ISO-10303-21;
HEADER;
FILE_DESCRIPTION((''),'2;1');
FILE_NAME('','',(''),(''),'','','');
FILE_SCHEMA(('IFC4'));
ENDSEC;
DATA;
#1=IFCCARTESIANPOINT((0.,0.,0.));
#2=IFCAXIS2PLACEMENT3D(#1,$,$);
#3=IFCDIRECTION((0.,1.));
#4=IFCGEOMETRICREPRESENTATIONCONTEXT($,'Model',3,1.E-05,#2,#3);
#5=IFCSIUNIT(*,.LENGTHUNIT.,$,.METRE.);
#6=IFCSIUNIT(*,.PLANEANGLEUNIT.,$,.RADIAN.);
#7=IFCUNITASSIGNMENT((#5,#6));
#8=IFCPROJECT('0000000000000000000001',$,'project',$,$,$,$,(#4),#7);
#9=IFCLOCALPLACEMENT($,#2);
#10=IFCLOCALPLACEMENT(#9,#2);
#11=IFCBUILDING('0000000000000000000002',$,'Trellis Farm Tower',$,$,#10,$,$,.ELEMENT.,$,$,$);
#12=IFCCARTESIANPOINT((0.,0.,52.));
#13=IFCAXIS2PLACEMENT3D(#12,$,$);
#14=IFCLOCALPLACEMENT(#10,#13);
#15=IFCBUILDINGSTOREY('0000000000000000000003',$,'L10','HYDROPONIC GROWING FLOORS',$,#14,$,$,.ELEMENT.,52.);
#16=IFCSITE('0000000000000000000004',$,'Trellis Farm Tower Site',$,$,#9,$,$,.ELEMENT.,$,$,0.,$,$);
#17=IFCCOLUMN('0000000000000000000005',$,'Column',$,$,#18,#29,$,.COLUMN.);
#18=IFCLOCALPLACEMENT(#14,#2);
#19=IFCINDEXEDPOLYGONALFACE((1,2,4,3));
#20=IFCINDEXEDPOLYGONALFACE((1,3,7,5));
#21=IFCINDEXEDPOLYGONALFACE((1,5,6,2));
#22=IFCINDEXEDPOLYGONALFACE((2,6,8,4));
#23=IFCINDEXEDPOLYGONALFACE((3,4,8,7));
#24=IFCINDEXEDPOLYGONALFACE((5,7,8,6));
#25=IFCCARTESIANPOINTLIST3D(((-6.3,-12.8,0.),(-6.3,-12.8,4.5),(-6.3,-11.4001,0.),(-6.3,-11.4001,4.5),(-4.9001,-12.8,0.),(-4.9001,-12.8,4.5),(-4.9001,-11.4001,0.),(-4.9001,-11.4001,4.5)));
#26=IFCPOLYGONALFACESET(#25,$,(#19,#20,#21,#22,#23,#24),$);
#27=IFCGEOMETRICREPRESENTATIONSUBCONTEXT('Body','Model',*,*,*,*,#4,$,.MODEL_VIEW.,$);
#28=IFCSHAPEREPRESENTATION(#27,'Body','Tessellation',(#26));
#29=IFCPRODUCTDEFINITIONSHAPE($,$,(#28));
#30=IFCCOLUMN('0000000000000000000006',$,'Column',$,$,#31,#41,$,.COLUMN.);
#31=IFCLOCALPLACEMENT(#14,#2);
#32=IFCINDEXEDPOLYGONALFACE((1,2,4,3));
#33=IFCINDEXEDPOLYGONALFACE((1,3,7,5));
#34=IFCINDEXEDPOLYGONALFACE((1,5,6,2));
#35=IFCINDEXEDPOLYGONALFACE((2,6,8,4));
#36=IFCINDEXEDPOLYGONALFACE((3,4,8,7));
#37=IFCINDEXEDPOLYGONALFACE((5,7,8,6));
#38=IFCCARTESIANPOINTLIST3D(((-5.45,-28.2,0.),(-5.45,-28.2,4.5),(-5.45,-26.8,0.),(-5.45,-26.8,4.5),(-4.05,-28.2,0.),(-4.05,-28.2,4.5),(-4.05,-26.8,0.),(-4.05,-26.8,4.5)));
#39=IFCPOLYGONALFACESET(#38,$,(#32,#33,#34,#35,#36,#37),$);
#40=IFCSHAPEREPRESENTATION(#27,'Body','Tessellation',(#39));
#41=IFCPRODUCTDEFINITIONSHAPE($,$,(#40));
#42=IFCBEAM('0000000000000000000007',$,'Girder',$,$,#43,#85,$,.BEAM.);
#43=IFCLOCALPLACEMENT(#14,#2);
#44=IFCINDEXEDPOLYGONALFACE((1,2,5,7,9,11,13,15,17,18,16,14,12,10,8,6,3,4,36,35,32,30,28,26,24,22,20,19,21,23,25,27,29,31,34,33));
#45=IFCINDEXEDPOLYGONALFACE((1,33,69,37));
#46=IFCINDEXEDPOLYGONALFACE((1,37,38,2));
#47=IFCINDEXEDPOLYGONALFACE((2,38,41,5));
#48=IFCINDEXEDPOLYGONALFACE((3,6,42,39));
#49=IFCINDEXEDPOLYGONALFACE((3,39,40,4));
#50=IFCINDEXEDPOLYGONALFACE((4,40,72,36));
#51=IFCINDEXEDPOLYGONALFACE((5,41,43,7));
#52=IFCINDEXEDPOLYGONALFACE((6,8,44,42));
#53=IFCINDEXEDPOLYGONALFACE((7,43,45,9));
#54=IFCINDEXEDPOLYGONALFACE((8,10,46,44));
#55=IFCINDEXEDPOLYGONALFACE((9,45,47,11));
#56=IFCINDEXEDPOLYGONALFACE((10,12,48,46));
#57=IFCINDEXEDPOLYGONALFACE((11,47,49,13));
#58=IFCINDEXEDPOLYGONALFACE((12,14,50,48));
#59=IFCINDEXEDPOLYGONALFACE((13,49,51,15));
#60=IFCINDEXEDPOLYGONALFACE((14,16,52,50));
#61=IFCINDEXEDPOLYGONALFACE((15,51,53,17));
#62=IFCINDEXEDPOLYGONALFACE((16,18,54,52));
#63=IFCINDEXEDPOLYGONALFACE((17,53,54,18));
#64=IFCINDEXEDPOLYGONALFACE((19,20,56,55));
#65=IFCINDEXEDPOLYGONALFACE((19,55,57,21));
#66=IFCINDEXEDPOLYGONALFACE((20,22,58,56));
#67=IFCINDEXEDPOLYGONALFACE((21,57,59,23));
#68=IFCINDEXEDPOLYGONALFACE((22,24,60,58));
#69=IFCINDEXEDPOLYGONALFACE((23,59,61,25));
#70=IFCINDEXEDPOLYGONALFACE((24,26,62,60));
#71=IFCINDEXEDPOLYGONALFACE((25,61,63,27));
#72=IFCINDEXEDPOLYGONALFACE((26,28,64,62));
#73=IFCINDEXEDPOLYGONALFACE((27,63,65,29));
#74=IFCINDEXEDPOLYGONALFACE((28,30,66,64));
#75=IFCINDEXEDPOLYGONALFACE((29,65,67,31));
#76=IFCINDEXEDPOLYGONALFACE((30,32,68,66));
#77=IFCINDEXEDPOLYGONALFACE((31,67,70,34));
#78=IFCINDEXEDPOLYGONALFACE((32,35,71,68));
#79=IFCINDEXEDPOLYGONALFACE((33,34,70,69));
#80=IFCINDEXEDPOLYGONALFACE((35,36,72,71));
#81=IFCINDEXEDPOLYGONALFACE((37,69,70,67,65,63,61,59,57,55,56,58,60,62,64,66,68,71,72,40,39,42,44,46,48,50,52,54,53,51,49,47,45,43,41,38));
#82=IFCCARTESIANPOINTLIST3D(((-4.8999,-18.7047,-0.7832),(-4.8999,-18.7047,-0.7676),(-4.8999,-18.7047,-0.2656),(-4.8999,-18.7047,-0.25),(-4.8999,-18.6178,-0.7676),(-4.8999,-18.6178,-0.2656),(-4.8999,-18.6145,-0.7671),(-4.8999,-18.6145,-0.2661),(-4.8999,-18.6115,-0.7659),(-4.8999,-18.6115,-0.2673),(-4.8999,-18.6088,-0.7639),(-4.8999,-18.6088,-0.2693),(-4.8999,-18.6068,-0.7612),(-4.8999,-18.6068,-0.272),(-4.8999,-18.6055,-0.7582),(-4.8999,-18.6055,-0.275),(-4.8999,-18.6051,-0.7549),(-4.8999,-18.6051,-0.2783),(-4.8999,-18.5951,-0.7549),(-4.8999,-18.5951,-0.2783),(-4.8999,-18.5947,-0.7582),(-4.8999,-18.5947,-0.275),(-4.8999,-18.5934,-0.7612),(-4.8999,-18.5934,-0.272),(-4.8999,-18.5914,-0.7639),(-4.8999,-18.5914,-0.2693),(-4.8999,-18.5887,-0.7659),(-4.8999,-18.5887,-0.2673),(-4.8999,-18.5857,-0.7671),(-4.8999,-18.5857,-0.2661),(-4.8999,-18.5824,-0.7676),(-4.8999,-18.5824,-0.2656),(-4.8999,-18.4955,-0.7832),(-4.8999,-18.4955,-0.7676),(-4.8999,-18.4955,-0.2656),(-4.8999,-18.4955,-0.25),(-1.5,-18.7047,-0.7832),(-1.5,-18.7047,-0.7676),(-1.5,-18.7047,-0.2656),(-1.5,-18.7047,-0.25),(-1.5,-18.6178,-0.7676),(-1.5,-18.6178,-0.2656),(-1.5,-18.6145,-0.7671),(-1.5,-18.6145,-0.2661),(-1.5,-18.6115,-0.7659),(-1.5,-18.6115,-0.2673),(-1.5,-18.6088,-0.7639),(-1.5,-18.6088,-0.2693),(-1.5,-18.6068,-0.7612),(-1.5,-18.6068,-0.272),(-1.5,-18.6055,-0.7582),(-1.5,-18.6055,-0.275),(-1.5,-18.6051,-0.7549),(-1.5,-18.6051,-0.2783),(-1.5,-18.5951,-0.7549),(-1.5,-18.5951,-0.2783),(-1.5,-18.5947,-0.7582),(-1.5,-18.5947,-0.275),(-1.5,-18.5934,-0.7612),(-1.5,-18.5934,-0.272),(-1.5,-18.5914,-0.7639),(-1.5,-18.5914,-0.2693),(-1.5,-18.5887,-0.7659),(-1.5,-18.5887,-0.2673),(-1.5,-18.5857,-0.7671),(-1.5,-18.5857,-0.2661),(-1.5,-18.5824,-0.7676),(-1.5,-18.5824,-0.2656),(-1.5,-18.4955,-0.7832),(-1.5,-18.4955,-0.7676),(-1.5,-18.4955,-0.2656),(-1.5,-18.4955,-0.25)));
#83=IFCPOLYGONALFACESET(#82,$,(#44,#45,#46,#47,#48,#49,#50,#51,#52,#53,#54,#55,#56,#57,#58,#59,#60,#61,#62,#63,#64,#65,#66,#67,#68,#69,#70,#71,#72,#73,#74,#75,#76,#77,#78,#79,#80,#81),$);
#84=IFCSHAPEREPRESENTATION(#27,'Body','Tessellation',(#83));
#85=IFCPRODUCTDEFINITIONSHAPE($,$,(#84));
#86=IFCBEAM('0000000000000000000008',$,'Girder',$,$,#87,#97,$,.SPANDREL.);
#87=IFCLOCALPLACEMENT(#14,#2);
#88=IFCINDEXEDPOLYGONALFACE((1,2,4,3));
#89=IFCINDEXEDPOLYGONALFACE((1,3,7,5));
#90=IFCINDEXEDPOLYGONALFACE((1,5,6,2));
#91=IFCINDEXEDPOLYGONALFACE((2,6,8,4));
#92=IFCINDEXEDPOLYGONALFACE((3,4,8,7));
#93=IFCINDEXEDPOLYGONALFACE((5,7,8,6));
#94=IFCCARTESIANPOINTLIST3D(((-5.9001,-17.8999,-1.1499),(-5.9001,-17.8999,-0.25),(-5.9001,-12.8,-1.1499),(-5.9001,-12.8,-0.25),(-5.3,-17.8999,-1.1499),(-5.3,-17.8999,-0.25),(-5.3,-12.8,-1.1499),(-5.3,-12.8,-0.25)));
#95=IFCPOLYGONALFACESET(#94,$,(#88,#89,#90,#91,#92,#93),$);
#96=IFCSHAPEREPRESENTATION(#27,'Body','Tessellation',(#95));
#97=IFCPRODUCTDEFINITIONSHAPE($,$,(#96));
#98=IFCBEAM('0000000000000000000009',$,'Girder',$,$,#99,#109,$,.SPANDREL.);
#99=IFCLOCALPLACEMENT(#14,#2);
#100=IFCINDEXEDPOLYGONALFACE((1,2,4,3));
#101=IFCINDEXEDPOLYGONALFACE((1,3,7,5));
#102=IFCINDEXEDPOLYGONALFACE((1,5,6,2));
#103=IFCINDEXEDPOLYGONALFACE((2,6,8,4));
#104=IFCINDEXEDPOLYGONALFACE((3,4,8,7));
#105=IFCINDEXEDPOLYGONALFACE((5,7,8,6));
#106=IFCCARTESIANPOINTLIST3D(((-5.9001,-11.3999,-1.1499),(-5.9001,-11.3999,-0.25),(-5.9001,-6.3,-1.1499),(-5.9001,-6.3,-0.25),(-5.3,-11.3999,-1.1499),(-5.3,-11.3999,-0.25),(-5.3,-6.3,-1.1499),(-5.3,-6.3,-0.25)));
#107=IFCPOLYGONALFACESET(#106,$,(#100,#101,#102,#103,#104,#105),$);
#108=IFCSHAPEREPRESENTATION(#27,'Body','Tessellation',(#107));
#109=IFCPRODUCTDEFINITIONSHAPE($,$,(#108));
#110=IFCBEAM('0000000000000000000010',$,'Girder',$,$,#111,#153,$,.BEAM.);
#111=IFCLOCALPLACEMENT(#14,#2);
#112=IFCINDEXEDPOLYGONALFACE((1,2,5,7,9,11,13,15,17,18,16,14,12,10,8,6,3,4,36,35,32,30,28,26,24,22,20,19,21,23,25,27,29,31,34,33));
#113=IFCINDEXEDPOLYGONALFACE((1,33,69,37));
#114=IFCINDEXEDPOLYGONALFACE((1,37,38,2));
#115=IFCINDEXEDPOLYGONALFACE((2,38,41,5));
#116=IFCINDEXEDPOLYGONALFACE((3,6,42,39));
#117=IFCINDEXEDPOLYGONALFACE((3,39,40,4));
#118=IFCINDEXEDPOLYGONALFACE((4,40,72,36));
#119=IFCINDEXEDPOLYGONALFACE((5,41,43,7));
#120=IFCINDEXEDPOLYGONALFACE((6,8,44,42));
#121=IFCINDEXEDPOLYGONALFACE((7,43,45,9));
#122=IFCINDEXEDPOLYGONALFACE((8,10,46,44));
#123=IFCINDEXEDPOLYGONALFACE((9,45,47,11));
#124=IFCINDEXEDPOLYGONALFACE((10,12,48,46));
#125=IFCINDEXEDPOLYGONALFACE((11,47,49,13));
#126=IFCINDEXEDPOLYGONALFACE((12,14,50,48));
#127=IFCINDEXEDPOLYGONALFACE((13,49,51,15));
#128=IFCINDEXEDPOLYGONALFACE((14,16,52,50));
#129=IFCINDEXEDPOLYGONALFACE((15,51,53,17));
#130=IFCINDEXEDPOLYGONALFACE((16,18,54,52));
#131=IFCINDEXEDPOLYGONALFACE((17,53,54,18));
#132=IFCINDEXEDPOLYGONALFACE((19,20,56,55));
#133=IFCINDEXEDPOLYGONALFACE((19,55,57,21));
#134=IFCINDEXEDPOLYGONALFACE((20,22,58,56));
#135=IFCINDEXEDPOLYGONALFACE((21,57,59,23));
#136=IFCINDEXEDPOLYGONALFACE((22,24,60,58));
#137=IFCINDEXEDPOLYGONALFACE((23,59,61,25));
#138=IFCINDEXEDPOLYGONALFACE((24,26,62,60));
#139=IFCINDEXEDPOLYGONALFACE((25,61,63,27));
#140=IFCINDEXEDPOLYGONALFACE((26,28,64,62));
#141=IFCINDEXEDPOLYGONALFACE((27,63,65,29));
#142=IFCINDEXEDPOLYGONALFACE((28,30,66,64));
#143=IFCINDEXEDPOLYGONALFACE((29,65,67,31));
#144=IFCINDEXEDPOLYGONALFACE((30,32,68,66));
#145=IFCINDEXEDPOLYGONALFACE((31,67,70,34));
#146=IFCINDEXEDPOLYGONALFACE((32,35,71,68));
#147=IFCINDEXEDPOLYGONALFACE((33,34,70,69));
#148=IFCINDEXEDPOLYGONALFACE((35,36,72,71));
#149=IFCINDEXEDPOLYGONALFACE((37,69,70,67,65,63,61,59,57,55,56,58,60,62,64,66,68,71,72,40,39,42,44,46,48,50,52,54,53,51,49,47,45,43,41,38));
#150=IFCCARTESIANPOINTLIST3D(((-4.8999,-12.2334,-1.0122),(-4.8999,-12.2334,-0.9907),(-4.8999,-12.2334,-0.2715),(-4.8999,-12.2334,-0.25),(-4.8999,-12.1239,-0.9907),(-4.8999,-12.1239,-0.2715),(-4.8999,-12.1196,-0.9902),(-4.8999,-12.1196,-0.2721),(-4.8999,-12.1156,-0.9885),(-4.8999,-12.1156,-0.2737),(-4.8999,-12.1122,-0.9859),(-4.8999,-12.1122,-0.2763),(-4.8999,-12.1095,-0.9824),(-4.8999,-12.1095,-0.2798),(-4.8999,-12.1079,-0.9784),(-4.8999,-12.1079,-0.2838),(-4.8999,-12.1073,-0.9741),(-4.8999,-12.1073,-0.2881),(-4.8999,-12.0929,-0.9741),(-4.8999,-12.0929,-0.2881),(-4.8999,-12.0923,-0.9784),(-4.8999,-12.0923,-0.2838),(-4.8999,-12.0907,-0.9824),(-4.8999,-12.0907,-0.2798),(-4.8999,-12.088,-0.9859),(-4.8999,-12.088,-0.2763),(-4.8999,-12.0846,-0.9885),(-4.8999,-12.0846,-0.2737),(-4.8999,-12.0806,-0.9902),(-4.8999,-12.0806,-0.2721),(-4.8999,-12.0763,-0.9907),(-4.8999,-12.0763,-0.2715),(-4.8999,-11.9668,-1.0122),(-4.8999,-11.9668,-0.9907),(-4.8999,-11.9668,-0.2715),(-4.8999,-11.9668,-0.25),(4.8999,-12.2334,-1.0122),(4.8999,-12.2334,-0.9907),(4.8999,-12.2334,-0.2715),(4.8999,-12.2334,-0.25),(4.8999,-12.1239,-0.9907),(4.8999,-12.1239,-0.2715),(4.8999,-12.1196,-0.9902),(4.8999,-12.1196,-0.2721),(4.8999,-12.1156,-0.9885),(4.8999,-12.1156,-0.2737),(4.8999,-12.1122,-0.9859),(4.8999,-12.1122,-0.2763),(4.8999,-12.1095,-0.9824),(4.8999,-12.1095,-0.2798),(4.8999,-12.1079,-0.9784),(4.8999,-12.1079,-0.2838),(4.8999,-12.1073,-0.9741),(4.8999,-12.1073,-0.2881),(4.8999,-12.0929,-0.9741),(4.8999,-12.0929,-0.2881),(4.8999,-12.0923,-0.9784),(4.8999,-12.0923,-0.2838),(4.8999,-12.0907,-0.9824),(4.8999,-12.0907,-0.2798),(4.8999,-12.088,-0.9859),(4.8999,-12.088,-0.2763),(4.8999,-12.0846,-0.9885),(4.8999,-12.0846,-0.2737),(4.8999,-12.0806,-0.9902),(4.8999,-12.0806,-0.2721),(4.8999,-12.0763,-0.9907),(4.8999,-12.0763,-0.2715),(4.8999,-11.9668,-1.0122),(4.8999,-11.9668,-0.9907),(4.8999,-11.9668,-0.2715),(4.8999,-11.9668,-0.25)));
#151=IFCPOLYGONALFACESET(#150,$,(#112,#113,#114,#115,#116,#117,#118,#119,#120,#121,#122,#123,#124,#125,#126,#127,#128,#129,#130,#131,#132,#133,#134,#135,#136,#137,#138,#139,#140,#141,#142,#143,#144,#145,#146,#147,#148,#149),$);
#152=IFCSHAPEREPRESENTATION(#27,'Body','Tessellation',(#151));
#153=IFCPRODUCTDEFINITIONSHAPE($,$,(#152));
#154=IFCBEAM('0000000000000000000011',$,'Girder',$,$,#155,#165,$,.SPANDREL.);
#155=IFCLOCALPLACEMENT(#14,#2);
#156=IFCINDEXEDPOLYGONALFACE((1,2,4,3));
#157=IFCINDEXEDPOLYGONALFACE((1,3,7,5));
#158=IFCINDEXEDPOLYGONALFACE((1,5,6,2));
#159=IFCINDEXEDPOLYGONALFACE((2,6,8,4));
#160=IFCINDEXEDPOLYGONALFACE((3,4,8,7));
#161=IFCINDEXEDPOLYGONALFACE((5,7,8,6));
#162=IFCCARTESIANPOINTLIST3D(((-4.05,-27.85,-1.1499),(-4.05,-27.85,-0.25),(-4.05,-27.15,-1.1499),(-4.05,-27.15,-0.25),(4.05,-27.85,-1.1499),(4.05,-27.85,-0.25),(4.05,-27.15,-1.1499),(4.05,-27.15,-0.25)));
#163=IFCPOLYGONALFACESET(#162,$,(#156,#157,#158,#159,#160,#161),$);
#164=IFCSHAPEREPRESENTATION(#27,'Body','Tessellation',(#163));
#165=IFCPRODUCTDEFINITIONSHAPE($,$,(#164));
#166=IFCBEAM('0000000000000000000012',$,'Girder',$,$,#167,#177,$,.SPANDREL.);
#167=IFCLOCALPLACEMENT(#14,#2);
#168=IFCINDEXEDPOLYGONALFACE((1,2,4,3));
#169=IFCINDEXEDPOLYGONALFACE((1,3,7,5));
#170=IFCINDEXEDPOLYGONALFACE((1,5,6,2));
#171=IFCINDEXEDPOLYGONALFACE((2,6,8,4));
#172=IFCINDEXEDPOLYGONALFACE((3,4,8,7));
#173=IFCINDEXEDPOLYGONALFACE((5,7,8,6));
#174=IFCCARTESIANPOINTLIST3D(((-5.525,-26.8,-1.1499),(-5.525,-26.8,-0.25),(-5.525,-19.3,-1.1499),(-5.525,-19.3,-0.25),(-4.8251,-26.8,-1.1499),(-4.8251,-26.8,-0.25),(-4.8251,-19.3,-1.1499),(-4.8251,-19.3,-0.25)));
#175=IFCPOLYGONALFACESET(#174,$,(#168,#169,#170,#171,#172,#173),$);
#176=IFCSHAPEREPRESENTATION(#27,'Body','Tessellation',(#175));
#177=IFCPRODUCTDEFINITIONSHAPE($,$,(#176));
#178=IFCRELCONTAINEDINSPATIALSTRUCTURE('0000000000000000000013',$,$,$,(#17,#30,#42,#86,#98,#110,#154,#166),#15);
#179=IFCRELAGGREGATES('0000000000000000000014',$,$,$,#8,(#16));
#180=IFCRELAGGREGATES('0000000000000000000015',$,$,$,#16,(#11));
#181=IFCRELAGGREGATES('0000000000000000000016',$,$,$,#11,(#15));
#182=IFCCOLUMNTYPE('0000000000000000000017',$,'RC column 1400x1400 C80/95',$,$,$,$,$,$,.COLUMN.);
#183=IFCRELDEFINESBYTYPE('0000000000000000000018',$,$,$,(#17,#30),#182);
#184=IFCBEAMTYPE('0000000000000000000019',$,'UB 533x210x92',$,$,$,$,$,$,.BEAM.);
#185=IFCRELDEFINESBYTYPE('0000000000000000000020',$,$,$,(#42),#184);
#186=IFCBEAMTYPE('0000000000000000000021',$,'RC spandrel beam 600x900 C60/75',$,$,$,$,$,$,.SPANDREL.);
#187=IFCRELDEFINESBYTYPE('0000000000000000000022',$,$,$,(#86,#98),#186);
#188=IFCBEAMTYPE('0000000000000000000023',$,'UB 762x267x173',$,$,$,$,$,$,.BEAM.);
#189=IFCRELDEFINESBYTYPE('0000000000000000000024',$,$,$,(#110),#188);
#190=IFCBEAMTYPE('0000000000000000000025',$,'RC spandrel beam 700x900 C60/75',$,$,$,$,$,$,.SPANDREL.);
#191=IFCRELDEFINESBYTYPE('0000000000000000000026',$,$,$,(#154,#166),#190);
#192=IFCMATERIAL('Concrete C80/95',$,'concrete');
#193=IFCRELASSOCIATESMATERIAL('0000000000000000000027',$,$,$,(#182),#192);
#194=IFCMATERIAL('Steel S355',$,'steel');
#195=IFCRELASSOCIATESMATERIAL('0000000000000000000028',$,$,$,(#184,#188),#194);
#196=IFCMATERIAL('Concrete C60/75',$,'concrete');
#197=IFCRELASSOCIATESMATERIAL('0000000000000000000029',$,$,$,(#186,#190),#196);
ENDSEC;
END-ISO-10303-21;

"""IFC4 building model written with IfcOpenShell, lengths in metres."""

from ifc_helpers import new_model, si_unit, direction, frame, origin, origin_2d, place, context, subcontext, project, spatial, rectangle, i_section, extrude, source, transform, mapped, material, material_profile, profile_set, type_object, element, save


model = new_model("IFC4")

# Units and contexts
model_context = context("Model", 3, precision=1e-05, world=origin(), true_north=direction((0.0, 1.0)))
body_context = subcontext(model_context, "Body", "Model", "MODEL_VIEW")
ifc_project = project(units=[si_unit("LENGTHUNIT", "METRE"), si_unit("PLANEANGLEUNIT", "RADIAN")], contexts=[model_context])

# Site, building, storey
site_placement = place(None, origin())
site = spatial("IfcSite", under=ifc_project, at=site_placement, Name="Trellis Farm Tower Site", CompositionType="ELEMENT", RefElevation=0.0)
building_placement = place(site_placement, origin())
building = spatial("IfcBuilding", under=site, at=building_placement, Name="Trellis Farm Tower", CompositionType="ELEMENT")
storey_placement = place(building_placement, frame((0.0, 0.0, 52.0)))
storey = spatial("IfcBuildingStorey", under=building, at=storey_placement, Name="L10", Description="HYDROPONIC GROWING FLOORS", CompositionType="ELEMENT", Elevation=52.0)

# Columns
ifc_material_1 = material(Name="Concrete C80/95", Category="concrete")
ifc_material_profile_1 = material_profile(ifc_material_1, rectangle(XDim=1.3999, YDim=1.3999, at=origin_2d()), Name="RC column 1400x1400 C80/95")
ifc_profile_set_1 = profile_set([ifc_material_profile_1], Name="Concrete C80/95")
column_type = type_object("IfcColumnType", Name="RC column 1400x1400 C80/95", PredefinedType="COLUMN", material=ifc_profile_set_1)
shared_shape_1 = source(origin(), body_context, "Body", "SweptSolid", [
    extrude(rectangle(XDim=1.3999, YDim=1.3999, at=origin_2d()), origin(), (0.0, 0.0, 1.0), 4.5),
])
for number, where, z_axis, x_axis, name in (
    (1, (-5.6001, -12.1001, 0.0), (0.0, 0.0, 1.0), (1.0, 0.0, 0.0), "Column"),
    (2, (-4.75, -27.5, 0.0), (0.0, 0.0, 1.0), (1.0, 0.0, 0.0), "Column"),
):
    element("IfcColumn", number, at=place(storey_placement, frame(where, z_axis=z_axis, x_axis=x_axis)), inside=storey, type_object=column_type, Name=name, PredefinedType="COLUMN", context=body_context, shape_type="MappedRepresentation", body=[
        mapped(shared_shape_1, transform((0.0, 0.0, 0.0))),
    ])

# Beams
ifc_material_2 = material(Name="Steel S355", Category="steel")
ifc_material_profile_2 = material_profile(ifc_material_2, i_section(OverallWidth=0.2092, OverallDepth=0.5332, WebThickness=0.01, FlangeThickness=0.0156, FilletRadius=0.0127, at=origin_2d()), Name="UB 533x210x92")
ifc_profile_set_2 = profile_set([ifc_material_profile_2], Name="Steel S355")
beam_type_1 = type_object("IfcBeamType", Name="UB 533x210x92", PredefinedType="BEAM", material=ifc_profile_set_2)
shared_shape_2 = source(origin(), body_context, "Body", "SweptSolid", [
    extrude(i_section(OverallWidth=0.2092, OverallDepth=0.5332, WebThickness=0.01, FlangeThickness=0.0156, FilletRadius=0.0127, at=origin_2d()), origin(), (0.0, 0.0, 1.0), 3.3999),
])
beam_1_placement = place(storey_placement, frame((-4.8999, -18.6001, -0.5166), z_axis=(1.0, 0.0, 0.0), x_axis=(0.0, 1.0, 0.0)))
element("IfcBeam", 3, at=beam_1_placement, inside=storey, type_object=beam_type_1, Name="Girder", PredefinedType="BEAM", context=body_context, shape_type="MappedRepresentation", body=[
    mapped(shared_shape_2, transform((0.0, 0.0, 0.0))),
])
ifc_material_3 = material(Name="Concrete C60/75", Category="concrete")
ifc_material_profile_3 = material_profile(ifc_material_3, rectangle(XDim=0.6001, YDim=0.8999, at=origin_2d()), Name="RC spandrel beam 600x900 C60/75")
ifc_profile_set_3 = profile_set([ifc_material_profile_3], Name="Concrete C60/75")
beam_type_2 = type_object("IfcBeamType", Name="RC spandrel beam 600x900 C60/75", PredefinedType="SPANDREL", material=ifc_profile_set_3)
shared_shape_3 = source(origin(), body_context, "Body", "SweptSolid", [
    extrude(rectangle(XDim=0.6001, YDim=0.8999, at=origin_2d()), origin(), (0.0, 0.0, 1.0), 5.0999),
])
for number, where, z_axis, x_axis, name in (
    (4, (-5.6001, -17.8999, -0.7), (0.0, 1.0, 0.0), (-1.0, 0.0, 0.0), "Girder"),
    (5, (-5.6001, -11.3999, -0.7), (0.0, 1.0, 0.0), (-1.0, 0.0, 0.0), "Girder"),
):
    element("IfcBeam", number, at=place(storey_placement, frame(where, z_axis=z_axis, x_axis=x_axis)), inside=storey, type_object=beam_type_2, Name=name, PredefinedType="SPANDREL", context=body_context, shape_type="MappedRepresentation", body=[
        mapped(shared_shape_3, transform((0.0, 0.0, 0.0))),
    ])
ifc_material_profile_4 = material_profile(ifc_material_2, i_section(OverallWidth=0.2666, OverallDepth=0.7622, WebThickness=0.0144, FlangeThickness=0.0215, FilletRadius=0.0166, at=origin_2d()), Name="UB 762x267x173")
ifc_profile_set_4 = profile_set([ifc_material_profile_4], Name="Steel S355")
beam_type_3 = type_object("IfcBeamType", Name="UB 762x267x173", PredefinedType="BEAM", material=ifc_profile_set_4)
shared_shape_4 = source(origin(), body_context, "Body", "SweptSolid", [
    extrude(i_section(OverallWidth=0.2666, OverallDepth=0.7622, WebThickness=0.0144, FlangeThickness=0.0215, FilletRadius=0.0166, at=origin_2d()), origin(), (0.0, 0.0, 1.0), 9.7998),
])
beam_2_placement = place(storey_placement, frame((-4.8999, -12.1001, -0.6311), z_axis=(1.0, 0.0, 0.0), x_axis=(0.0, 1.0, 0.0)))
element("IfcBeam", 6, at=beam_2_placement, inside=storey, type_object=beam_type_3, Name="Girder", PredefinedType="BEAM", context=body_context, shape_type="MappedRepresentation", body=[
    mapped(shared_shape_4, transform((0.0, 0.0, 0.0))),
])
ifc_material_profile_5 = material_profile(ifc_material_3, rectangle(XDim=0.7, YDim=0.8999, at=origin_2d()), Name="RC spandrel beam 700x900 C60/75")
ifc_profile_set_5 = profile_set([ifc_material_profile_5], Name="Concrete C60/75")
beam_type_4 = type_object("IfcBeamType", Name="RC spandrel beam 700x900 C60/75", PredefinedType="SPANDREL", material=ifc_profile_set_5)
shared_shape_5 = source(origin(), body_context, "Body", "SweptSolid", [
    extrude(rectangle(XDim=0.7, YDim=0.8999, at=origin_2d()), origin(), (0.0, 0.0, 1.0), 8.1001),
])
beam_3_placement = place(storey_placement, frame((-4.05, -27.5, -0.7), z_axis=(1.0, 0.0, 0.0), x_axis=(0.0, 1.0, 0.0)))
element("IfcBeam", 7, at=beam_3_placement, inside=storey, type_object=beam_type_4, Name="Girder", PredefinedType="SPANDREL", context=body_context, shape_type="MappedRepresentation", body=[
    mapped(shared_shape_5, transform((0.0, 0.0, 0.0))),
])
shared_shape_6 = source(origin(), body_context, "Body", "SweptSolid", [
    extrude(rectangle(XDim=0.7, YDim=0.8999, at=origin_2d()), origin(), (0.0, 0.0, 1.0), 7.5),
])
beam_4_placement = place(storey_placement, frame((-5.175, -26.8, -0.7), z_axis=(0.0, 1.0, 0.0), x_axis=(-1.0, 0.0, 0.0)))
element("IfcBeam", 8, at=beam_4_placement, inside=storey, type_object=beam_type_4, Name="Girder", PredefinedType="SPANDREL", context=body_context, shape_type="MappedRepresentation", body=[
    mapped(shared_shape_6, transform((0.0, 0.0, 0.0))),
])

save(model, "model.ifc")
